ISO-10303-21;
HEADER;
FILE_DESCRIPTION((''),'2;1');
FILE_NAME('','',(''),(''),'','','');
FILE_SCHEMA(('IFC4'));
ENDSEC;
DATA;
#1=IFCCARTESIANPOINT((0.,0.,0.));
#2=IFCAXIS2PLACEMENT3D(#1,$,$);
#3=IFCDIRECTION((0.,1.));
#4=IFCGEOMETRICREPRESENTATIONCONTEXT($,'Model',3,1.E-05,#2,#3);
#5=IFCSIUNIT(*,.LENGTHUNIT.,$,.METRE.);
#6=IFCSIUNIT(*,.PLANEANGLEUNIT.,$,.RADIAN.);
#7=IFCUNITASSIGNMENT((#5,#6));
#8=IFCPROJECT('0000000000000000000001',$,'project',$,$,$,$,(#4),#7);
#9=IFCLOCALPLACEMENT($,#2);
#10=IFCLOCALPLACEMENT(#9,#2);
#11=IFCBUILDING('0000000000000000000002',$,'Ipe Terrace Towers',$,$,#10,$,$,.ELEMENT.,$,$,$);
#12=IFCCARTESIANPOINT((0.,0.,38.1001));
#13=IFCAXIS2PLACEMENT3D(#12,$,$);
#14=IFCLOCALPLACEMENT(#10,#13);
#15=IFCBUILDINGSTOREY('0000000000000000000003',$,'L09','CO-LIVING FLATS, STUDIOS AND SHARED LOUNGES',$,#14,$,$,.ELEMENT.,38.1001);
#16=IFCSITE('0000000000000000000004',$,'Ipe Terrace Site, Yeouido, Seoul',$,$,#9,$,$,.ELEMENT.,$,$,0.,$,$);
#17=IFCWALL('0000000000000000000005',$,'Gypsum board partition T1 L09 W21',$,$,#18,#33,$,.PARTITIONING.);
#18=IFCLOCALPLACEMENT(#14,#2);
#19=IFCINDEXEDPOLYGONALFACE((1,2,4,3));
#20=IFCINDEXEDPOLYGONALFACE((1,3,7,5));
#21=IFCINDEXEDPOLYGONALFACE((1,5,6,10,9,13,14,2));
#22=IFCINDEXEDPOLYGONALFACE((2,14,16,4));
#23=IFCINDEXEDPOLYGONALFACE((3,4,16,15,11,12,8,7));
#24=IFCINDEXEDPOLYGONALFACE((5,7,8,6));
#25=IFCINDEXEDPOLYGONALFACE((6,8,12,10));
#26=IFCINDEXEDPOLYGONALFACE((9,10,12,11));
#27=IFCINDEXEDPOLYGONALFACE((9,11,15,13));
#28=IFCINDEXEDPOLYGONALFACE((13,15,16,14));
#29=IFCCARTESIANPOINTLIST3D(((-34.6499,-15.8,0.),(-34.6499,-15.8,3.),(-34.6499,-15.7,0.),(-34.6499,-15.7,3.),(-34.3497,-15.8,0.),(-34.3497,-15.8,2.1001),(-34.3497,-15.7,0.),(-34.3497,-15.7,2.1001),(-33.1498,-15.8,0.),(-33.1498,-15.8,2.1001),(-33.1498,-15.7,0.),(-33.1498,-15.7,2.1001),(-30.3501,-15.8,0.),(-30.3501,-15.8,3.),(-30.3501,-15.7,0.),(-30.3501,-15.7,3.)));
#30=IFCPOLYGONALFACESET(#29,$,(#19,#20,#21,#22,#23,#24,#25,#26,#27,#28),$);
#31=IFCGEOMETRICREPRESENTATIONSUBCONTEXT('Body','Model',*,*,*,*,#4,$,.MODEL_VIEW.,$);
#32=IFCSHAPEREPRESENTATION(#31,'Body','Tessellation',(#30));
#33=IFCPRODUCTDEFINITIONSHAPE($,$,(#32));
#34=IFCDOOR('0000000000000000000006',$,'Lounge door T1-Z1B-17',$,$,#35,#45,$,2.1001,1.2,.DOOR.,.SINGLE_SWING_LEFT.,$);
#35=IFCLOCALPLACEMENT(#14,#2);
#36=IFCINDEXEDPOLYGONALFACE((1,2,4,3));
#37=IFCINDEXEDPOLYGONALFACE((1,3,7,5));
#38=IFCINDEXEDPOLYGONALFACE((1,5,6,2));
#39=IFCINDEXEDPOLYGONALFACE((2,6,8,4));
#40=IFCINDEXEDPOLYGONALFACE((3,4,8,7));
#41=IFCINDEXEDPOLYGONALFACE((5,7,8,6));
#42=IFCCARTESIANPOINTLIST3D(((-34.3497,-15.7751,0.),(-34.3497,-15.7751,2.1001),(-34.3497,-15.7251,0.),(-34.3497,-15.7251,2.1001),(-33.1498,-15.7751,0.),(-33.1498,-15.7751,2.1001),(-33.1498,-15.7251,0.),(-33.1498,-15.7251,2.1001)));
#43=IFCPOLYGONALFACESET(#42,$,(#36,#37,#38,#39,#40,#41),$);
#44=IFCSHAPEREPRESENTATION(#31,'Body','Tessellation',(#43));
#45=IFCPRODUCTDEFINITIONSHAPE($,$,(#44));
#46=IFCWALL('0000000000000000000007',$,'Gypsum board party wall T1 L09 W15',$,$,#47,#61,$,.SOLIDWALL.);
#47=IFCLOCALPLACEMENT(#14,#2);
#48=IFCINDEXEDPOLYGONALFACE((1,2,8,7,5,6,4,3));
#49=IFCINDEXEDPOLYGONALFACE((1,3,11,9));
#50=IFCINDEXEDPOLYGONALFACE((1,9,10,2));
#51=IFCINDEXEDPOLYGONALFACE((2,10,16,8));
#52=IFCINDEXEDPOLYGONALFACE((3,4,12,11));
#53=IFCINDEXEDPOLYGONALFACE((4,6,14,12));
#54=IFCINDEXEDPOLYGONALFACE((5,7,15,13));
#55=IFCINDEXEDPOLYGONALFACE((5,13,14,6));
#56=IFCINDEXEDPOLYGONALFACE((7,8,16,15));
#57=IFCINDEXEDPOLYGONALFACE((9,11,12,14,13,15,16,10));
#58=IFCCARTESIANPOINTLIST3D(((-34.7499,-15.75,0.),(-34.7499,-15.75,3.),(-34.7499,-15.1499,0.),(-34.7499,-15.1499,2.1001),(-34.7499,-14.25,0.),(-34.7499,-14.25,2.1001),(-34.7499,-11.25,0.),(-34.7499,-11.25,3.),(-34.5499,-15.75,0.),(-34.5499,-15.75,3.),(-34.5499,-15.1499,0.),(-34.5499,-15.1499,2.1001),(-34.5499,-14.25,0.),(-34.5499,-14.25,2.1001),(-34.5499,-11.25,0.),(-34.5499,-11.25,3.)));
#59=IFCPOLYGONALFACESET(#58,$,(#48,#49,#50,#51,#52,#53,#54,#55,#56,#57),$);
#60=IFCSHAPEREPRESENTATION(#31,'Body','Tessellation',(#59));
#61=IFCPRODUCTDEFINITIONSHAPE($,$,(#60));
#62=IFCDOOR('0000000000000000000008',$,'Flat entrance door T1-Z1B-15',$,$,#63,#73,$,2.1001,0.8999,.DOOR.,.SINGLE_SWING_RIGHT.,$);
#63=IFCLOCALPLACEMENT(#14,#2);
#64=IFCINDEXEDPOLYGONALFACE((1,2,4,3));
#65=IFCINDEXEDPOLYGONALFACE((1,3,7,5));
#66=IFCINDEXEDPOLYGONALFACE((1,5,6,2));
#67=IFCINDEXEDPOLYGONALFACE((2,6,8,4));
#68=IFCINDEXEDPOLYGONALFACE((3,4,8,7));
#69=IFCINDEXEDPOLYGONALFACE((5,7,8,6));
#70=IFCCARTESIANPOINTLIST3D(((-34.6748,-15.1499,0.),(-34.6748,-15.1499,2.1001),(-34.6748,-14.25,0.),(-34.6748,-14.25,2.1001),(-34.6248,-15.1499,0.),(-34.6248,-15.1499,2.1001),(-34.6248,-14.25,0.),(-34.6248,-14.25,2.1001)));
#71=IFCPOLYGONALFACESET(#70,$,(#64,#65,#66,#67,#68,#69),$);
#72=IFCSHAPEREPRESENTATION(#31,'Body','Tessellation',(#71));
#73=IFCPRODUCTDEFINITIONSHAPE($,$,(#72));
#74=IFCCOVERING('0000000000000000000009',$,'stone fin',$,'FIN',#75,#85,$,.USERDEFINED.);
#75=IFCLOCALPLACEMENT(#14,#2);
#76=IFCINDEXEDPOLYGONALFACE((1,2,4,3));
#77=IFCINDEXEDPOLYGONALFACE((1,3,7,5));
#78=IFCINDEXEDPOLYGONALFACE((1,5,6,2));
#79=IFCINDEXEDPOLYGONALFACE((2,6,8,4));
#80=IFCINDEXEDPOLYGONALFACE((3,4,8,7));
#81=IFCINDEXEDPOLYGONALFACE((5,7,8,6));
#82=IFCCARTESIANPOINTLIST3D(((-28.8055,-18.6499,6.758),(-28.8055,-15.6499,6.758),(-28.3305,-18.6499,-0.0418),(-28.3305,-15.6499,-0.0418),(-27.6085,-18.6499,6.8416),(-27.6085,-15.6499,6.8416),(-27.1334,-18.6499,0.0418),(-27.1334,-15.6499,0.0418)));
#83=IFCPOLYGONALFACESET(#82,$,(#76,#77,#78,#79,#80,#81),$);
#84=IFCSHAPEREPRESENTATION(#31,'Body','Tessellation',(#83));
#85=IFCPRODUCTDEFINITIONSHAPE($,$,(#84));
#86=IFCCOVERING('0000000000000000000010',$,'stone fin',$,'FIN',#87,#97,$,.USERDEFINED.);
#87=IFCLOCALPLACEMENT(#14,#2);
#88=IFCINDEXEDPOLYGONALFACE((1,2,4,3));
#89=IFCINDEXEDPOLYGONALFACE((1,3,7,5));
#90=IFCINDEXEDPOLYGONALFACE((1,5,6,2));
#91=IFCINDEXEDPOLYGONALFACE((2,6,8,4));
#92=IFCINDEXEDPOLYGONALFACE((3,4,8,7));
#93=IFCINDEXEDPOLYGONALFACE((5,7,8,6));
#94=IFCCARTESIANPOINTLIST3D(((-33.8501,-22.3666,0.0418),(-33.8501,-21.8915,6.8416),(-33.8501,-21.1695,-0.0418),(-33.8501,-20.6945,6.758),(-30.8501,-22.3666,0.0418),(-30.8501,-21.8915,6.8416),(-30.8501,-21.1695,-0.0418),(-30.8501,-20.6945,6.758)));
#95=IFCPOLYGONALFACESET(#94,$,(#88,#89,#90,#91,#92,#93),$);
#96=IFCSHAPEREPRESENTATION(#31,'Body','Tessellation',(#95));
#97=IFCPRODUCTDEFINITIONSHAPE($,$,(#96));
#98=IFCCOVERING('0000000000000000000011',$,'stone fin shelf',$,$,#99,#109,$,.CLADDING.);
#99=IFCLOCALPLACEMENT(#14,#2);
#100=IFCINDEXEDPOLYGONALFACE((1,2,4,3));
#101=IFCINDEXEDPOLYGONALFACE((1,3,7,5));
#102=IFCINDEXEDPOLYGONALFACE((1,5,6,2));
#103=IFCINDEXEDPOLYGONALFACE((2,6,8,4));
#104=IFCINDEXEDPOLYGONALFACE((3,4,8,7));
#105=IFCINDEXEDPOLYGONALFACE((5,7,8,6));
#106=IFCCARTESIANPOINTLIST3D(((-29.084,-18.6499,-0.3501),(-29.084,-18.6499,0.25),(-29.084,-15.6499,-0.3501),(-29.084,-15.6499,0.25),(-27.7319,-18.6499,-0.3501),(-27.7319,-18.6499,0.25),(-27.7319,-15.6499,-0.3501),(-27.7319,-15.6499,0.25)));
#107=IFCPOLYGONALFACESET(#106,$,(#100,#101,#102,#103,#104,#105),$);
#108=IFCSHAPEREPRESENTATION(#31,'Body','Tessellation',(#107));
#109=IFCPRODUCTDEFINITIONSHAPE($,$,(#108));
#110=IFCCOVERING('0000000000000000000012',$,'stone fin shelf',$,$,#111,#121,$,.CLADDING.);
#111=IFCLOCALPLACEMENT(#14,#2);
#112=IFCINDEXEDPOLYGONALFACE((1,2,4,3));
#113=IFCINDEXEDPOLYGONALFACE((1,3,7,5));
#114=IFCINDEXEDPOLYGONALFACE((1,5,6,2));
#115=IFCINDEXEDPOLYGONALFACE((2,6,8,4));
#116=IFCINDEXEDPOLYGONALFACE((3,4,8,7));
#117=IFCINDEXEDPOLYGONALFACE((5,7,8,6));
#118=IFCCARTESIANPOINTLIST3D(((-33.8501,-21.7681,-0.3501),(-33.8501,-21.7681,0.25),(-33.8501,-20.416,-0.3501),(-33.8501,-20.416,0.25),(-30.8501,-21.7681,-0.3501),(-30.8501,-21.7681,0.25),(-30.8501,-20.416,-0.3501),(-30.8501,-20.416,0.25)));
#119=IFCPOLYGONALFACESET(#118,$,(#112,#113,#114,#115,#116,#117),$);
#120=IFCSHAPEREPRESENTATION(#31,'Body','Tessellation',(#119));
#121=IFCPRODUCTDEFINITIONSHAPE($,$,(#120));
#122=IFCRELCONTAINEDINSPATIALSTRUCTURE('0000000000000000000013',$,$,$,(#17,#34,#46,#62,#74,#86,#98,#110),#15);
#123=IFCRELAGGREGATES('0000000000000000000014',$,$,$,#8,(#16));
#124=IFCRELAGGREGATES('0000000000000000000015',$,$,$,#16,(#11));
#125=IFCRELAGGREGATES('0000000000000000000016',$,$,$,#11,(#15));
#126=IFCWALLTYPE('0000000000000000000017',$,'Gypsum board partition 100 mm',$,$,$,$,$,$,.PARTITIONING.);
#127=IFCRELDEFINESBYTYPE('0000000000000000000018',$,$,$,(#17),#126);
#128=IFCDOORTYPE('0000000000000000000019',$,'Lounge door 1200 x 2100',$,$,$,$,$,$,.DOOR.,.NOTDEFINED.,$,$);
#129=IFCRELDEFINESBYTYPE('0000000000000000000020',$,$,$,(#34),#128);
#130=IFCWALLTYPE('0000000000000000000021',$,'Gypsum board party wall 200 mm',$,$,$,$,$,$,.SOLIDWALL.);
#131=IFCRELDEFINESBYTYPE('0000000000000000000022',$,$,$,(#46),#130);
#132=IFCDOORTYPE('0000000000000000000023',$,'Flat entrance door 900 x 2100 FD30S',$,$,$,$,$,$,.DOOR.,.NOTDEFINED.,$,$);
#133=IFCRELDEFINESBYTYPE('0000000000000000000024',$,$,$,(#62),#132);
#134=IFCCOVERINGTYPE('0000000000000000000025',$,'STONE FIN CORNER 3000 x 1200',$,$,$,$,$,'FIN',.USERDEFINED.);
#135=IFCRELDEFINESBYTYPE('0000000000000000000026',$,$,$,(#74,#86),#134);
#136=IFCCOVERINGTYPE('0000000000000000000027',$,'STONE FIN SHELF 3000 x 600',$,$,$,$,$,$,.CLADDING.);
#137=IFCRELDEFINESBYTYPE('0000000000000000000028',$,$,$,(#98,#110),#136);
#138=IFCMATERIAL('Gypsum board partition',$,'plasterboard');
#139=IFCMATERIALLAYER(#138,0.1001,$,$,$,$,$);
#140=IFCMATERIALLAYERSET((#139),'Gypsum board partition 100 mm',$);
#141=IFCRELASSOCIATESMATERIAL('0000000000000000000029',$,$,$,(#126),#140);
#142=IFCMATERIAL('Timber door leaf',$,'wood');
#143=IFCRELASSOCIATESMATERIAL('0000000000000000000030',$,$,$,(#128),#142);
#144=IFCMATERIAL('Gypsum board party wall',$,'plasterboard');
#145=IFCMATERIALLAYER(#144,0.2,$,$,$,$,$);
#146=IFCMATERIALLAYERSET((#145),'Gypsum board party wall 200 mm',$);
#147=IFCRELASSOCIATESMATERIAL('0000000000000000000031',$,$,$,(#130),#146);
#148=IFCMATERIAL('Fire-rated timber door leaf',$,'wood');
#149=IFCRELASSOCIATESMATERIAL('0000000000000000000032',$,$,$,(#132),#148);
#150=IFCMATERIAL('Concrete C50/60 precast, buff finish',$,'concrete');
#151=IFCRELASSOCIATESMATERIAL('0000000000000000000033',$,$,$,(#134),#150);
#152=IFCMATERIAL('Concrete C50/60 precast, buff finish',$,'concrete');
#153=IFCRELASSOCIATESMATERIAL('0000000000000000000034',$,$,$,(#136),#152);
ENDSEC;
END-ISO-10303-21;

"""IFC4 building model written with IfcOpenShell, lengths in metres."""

from ifc_helpers import new_model, si_unit, direction, frame, frame_2d, origin, origin_2d, place, context, subcontext, project, spatial, rectangle, extrude, material, layer, layer_set, material_profile, profile_set, type_object, element, fill, save


model = new_model("IFC4")

# Units and contexts
model_context = context("Model", 3, precision=1e-05, world=origin(), true_north=direction((0.0, 1.0)))
body_context = subcontext(model_context, "Body", "Model", "MODEL_VIEW")
ifc_project = project(units=[si_unit("LENGTHUNIT", "METRE"), si_unit("PLANEANGLEUNIT", "RADIAN")], contexts=[model_context])

# Site, building, storey
site_placement = place(None, origin())
site = spatial("IfcSite", under=ifc_project, at=site_placement, Name="Ipe Terrace Site, Yeouido, Seoul", CompositionType="ELEMENT", RefElevation=0.0)
building_placement = place(site_placement, origin())
building = spatial("IfcBuilding", under=site, at=building_placement, Name="Ipe Terrace Towers", CompositionType="ELEMENT")
storey_placement = place(building_placement, frame((0.0, 0.0, 38.1001)))
storey = spatial("IfcBuildingStorey", under=building, at=storey_placement, Name="L09", Description="CO-LIVING FLATS, STUDIOS AND SHARED LOUNGES", CompositionType="ELEMENT", Elevation=38.1001)

# Shared definitions
ifc_material_1 = material(Name="Gypsum board partition", Category="plasterboard")
ifc_layer_1 = layer(ifc_material_1, 0.1001)
ifc_layer_set_1 = layer_set([ifc_layer_1], Name="Gypsum board partition 100 mm")
wall_type_1 = type_object("IfcWallType", Name="Gypsum board partition 100 mm", PredefinedType="PARTITIONING", material=ifc_layer_set_1)

# Walls, openings, doors
wall_1_placement = place(storey_placement, frame((-34.6499, -15.75, 0.0), z_axis=(0.0, 0.0, 1.0), x_axis=(1.0, 0.0, 0.0)))
wall_1 = element("IfcWall", 1, at=wall_1_placement, inside=storey, type_object=wall_type_1, Name="Gypsum board partition T1 L09 W21", PredefinedType="PARTITIONING", context=body_context, shape_type="SweptSolid", body=[
    extrude(rectangle(XDim=4.2998, YDim=0.1001, at=frame_2d((2.1499, 0.0))), origin(), (0.0, 0.0, 1.0), 3.0),
])
opening_1_placement = place(wall_1_placement, frame((0.3, 0.0, 0.0)))
opening_1 = element("IfcOpeningElement", 2, at=opening_1_placement, cuts=wall_1, PredefinedType="OPENING", context=body_context, shape_type="SweptSolid", body=[
    extrude(rectangle(XDim=1.2, YDim=2.1001, at=frame_2d((0.6001, 1.05))), frame((0.0, 0.0601, 0.0), z_axis=(0.0, -1.0, 0.0), x_axis=(1.0, 0.0, 0.0)), (0.0, 0.0, 1.0), 0.1201),
])
ifc_material_2 = material(Name="Timber door leaf", Category="wood")
door_type_1 = type_object("IfcDoorType", Name="Lounge door 1200 x 2100", OperationType="NOTDEFINED", PredefinedType="DOOR", material=ifc_material_2)
door_1_placement = place(opening_1_placement, origin())
door_1 = element("IfcDoor", 3, at=door_1_placement, inside=storey, type_object=door_type_1, Name="Lounge door T1-Z1B-17", OperationType="SINGLE_SWING_LEFT", OverallHeight=2.1001, OverallWidth=1.2, PredefinedType="DOOR", context=body_context, shape_type="SweptSolid", body=[
    extrude(rectangle(XDim=1.2, YDim=2.1001, at=frame_2d((0.6001, 1.05))), frame((0.0, 0.0249, 0.0), z_axis=(0.0, -1.0, 0.0), x_axis=(1.0, 0.0, 0.0)), (0.0, 0.0, 1.0), 0.05),
])
fill(opening_1, door_1)
ifc_material_3 = material(Name="Gypsum board party wall", Category="plasterboard")
ifc_layer_2 = layer(ifc_material_3, 0.2)
ifc_layer_set_2 = layer_set([ifc_layer_2], Name="Gypsum board party wall 200 mm")
wall_type_2 = type_object("IfcWallType", Name="Gypsum board party wall 200 mm", PredefinedType="SOLIDWALL", material=ifc_layer_set_2)
wall_2_placement = place(storey_placement, frame((-34.6499, -15.75, 0.0), z_axis=(0.0, 0.0, 1.0), x_axis=(0.0, 1.0, 0.0)))
wall_2 = element("IfcWall", 4, at=wall_2_placement, inside=storey, type_object=wall_type_2, Name="Gypsum board party wall T1 L09 W15", PredefinedType="SOLIDWALL", context=body_context, shape_type="SweptSolid", body=[
    extrude(rectangle(XDim=4.5, YDim=0.2, at=frame_2d((2.25, 0.0))), origin(), (0.0, 0.0, 1.0), 3.0),
])
opening_2_placement = place(wall_2_placement, frame((0.6001, 0.0, 0.0)))
opening_2 = element("IfcOpeningElement", 5, at=opening_2_placement, cuts=wall_2, PredefinedType="OPENING", context=body_context, shape_type="SweptSolid", body=[
    extrude(rectangle(XDim=0.8999, YDim=2.1001, at=frame_2d((0.45, 1.05))), frame((0.0, 0.1099, 0.0), z_axis=(0.0, -1.0, 0.0), x_axis=(1.0, 0.0, 0.0)), (0.0, 0.0, 1.0), 0.22),
])
ifc_material_4 = material(Name="Fire-rated timber door leaf", Category="wood")
door_type_2 = type_object("IfcDoorType", Name="Flat entrance door 900 x 2100 FD30S", OperationType="NOTDEFINED", PredefinedType="DOOR", material=ifc_material_4)
door_2_placement = place(opening_2_placement, origin())
door_2 = element("IfcDoor", 6, at=door_2_placement, inside=storey, type_object=door_type_2, Name="Flat entrance door T1-Z1B-15", OperationType="SINGLE_SWING_RIGHT", OverallHeight=2.1001, OverallWidth=0.8999, PredefinedType="DOOR", context=body_context, shape_type="SweptSolid", body=[
    extrude(rectangle(XDim=0.8999, YDim=2.1001, at=frame_2d((0.45, 1.05))), frame((0.0, 0.0249, 0.0), z_axis=(0.0, -1.0, 0.0), x_axis=(1.0, 0.0, 0.0)), (0.0, 0.0, 1.0), 0.05),
])
fill(opening_2, door_2)

# Coverings
ifc_material_5 = material(Name="Concrete C50/60 precast, buff finish", Category="concrete")
ifc_material_profile_1 = material_profile(ifc_material_5, rectangle(XDim=3.0, YDim=1.2, at=origin_2d()), Name="STONE FIN CORNER 3000 x 1200")
ifc_profile_set_1 = profile_set([ifc_material_profile_1], Name="Concrete C50/60 precast, buff finish")
covering_type_1 = type_object("IfcCoveringType", Name="STONE FIN CORNER 3000 x 1200", ElementType="FIN", PredefinedType="USERDEFINED", material=ifc_profile_set_1)
for number, where, z_axis, x_axis, name in (
    (7, (-27.7319, -17.1499, 0.0), (-0.069699, 0.0, 0.997568), (0.0, 1.0, 0.0), "stone fin"),
    (8, (-32.3501, -21.7681, 0.0), (0.0, 0.069699, 0.997568), (1.0, 0.0, 0.0), "stone fin"),
):
    element("IfcCovering", number, at=place(storey_placement, frame(where, z_axis=z_axis, x_axis=x_axis)), inside=storey, type_object=covering_type_1, Name=name, ObjectType="FIN", PredefinedType="USERDEFINED", context=body_context, shape_type="SweptSolid", body=[
        extrude(rectangle(XDim=3.0, YDim=1.2, at=origin_2d()), origin(), (0.0, 0.0, 1.0), 6.8164),
    ])
ifc_material_6 = material(Name="Concrete C50/60 precast, buff finish", Category="concrete")
covering_type_2 = type_object("IfcCoveringType", Name="STONE FIN SHELF 3000 x 600", PredefinedType="CLADDING", material=ifc_material_6)
for number, where, z_axis, x_axis, name in (
    (9, (-28.408, -17.1499, -0.3501), (0.0, 0.0, 1.0), (0.0, 1.0, 0.0), "stone fin shelf"),
    (10, (-32.3501, -21.092, -0.3501), (0.0, 0.0, 1.0), (1.0, 0.0, 0.0), "stone fin shelf"),
):
    element("IfcCovering", number, at=place(storey_placement, frame(where, z_axis=z_axis, x_axis=x_axis)), inside=storey, type_object=covering_type_2, Name=name, PredefinedType="CLADDING", context=body_context, shape_type="SweptSolid", body=[
        extrude(rectangle(XDim=3.0, YDim=1.3521, at=origin_2d()), origin(), (0.0, 0.0, 1.0), 0.6001),
    ])

save(model, "model.ifc")
